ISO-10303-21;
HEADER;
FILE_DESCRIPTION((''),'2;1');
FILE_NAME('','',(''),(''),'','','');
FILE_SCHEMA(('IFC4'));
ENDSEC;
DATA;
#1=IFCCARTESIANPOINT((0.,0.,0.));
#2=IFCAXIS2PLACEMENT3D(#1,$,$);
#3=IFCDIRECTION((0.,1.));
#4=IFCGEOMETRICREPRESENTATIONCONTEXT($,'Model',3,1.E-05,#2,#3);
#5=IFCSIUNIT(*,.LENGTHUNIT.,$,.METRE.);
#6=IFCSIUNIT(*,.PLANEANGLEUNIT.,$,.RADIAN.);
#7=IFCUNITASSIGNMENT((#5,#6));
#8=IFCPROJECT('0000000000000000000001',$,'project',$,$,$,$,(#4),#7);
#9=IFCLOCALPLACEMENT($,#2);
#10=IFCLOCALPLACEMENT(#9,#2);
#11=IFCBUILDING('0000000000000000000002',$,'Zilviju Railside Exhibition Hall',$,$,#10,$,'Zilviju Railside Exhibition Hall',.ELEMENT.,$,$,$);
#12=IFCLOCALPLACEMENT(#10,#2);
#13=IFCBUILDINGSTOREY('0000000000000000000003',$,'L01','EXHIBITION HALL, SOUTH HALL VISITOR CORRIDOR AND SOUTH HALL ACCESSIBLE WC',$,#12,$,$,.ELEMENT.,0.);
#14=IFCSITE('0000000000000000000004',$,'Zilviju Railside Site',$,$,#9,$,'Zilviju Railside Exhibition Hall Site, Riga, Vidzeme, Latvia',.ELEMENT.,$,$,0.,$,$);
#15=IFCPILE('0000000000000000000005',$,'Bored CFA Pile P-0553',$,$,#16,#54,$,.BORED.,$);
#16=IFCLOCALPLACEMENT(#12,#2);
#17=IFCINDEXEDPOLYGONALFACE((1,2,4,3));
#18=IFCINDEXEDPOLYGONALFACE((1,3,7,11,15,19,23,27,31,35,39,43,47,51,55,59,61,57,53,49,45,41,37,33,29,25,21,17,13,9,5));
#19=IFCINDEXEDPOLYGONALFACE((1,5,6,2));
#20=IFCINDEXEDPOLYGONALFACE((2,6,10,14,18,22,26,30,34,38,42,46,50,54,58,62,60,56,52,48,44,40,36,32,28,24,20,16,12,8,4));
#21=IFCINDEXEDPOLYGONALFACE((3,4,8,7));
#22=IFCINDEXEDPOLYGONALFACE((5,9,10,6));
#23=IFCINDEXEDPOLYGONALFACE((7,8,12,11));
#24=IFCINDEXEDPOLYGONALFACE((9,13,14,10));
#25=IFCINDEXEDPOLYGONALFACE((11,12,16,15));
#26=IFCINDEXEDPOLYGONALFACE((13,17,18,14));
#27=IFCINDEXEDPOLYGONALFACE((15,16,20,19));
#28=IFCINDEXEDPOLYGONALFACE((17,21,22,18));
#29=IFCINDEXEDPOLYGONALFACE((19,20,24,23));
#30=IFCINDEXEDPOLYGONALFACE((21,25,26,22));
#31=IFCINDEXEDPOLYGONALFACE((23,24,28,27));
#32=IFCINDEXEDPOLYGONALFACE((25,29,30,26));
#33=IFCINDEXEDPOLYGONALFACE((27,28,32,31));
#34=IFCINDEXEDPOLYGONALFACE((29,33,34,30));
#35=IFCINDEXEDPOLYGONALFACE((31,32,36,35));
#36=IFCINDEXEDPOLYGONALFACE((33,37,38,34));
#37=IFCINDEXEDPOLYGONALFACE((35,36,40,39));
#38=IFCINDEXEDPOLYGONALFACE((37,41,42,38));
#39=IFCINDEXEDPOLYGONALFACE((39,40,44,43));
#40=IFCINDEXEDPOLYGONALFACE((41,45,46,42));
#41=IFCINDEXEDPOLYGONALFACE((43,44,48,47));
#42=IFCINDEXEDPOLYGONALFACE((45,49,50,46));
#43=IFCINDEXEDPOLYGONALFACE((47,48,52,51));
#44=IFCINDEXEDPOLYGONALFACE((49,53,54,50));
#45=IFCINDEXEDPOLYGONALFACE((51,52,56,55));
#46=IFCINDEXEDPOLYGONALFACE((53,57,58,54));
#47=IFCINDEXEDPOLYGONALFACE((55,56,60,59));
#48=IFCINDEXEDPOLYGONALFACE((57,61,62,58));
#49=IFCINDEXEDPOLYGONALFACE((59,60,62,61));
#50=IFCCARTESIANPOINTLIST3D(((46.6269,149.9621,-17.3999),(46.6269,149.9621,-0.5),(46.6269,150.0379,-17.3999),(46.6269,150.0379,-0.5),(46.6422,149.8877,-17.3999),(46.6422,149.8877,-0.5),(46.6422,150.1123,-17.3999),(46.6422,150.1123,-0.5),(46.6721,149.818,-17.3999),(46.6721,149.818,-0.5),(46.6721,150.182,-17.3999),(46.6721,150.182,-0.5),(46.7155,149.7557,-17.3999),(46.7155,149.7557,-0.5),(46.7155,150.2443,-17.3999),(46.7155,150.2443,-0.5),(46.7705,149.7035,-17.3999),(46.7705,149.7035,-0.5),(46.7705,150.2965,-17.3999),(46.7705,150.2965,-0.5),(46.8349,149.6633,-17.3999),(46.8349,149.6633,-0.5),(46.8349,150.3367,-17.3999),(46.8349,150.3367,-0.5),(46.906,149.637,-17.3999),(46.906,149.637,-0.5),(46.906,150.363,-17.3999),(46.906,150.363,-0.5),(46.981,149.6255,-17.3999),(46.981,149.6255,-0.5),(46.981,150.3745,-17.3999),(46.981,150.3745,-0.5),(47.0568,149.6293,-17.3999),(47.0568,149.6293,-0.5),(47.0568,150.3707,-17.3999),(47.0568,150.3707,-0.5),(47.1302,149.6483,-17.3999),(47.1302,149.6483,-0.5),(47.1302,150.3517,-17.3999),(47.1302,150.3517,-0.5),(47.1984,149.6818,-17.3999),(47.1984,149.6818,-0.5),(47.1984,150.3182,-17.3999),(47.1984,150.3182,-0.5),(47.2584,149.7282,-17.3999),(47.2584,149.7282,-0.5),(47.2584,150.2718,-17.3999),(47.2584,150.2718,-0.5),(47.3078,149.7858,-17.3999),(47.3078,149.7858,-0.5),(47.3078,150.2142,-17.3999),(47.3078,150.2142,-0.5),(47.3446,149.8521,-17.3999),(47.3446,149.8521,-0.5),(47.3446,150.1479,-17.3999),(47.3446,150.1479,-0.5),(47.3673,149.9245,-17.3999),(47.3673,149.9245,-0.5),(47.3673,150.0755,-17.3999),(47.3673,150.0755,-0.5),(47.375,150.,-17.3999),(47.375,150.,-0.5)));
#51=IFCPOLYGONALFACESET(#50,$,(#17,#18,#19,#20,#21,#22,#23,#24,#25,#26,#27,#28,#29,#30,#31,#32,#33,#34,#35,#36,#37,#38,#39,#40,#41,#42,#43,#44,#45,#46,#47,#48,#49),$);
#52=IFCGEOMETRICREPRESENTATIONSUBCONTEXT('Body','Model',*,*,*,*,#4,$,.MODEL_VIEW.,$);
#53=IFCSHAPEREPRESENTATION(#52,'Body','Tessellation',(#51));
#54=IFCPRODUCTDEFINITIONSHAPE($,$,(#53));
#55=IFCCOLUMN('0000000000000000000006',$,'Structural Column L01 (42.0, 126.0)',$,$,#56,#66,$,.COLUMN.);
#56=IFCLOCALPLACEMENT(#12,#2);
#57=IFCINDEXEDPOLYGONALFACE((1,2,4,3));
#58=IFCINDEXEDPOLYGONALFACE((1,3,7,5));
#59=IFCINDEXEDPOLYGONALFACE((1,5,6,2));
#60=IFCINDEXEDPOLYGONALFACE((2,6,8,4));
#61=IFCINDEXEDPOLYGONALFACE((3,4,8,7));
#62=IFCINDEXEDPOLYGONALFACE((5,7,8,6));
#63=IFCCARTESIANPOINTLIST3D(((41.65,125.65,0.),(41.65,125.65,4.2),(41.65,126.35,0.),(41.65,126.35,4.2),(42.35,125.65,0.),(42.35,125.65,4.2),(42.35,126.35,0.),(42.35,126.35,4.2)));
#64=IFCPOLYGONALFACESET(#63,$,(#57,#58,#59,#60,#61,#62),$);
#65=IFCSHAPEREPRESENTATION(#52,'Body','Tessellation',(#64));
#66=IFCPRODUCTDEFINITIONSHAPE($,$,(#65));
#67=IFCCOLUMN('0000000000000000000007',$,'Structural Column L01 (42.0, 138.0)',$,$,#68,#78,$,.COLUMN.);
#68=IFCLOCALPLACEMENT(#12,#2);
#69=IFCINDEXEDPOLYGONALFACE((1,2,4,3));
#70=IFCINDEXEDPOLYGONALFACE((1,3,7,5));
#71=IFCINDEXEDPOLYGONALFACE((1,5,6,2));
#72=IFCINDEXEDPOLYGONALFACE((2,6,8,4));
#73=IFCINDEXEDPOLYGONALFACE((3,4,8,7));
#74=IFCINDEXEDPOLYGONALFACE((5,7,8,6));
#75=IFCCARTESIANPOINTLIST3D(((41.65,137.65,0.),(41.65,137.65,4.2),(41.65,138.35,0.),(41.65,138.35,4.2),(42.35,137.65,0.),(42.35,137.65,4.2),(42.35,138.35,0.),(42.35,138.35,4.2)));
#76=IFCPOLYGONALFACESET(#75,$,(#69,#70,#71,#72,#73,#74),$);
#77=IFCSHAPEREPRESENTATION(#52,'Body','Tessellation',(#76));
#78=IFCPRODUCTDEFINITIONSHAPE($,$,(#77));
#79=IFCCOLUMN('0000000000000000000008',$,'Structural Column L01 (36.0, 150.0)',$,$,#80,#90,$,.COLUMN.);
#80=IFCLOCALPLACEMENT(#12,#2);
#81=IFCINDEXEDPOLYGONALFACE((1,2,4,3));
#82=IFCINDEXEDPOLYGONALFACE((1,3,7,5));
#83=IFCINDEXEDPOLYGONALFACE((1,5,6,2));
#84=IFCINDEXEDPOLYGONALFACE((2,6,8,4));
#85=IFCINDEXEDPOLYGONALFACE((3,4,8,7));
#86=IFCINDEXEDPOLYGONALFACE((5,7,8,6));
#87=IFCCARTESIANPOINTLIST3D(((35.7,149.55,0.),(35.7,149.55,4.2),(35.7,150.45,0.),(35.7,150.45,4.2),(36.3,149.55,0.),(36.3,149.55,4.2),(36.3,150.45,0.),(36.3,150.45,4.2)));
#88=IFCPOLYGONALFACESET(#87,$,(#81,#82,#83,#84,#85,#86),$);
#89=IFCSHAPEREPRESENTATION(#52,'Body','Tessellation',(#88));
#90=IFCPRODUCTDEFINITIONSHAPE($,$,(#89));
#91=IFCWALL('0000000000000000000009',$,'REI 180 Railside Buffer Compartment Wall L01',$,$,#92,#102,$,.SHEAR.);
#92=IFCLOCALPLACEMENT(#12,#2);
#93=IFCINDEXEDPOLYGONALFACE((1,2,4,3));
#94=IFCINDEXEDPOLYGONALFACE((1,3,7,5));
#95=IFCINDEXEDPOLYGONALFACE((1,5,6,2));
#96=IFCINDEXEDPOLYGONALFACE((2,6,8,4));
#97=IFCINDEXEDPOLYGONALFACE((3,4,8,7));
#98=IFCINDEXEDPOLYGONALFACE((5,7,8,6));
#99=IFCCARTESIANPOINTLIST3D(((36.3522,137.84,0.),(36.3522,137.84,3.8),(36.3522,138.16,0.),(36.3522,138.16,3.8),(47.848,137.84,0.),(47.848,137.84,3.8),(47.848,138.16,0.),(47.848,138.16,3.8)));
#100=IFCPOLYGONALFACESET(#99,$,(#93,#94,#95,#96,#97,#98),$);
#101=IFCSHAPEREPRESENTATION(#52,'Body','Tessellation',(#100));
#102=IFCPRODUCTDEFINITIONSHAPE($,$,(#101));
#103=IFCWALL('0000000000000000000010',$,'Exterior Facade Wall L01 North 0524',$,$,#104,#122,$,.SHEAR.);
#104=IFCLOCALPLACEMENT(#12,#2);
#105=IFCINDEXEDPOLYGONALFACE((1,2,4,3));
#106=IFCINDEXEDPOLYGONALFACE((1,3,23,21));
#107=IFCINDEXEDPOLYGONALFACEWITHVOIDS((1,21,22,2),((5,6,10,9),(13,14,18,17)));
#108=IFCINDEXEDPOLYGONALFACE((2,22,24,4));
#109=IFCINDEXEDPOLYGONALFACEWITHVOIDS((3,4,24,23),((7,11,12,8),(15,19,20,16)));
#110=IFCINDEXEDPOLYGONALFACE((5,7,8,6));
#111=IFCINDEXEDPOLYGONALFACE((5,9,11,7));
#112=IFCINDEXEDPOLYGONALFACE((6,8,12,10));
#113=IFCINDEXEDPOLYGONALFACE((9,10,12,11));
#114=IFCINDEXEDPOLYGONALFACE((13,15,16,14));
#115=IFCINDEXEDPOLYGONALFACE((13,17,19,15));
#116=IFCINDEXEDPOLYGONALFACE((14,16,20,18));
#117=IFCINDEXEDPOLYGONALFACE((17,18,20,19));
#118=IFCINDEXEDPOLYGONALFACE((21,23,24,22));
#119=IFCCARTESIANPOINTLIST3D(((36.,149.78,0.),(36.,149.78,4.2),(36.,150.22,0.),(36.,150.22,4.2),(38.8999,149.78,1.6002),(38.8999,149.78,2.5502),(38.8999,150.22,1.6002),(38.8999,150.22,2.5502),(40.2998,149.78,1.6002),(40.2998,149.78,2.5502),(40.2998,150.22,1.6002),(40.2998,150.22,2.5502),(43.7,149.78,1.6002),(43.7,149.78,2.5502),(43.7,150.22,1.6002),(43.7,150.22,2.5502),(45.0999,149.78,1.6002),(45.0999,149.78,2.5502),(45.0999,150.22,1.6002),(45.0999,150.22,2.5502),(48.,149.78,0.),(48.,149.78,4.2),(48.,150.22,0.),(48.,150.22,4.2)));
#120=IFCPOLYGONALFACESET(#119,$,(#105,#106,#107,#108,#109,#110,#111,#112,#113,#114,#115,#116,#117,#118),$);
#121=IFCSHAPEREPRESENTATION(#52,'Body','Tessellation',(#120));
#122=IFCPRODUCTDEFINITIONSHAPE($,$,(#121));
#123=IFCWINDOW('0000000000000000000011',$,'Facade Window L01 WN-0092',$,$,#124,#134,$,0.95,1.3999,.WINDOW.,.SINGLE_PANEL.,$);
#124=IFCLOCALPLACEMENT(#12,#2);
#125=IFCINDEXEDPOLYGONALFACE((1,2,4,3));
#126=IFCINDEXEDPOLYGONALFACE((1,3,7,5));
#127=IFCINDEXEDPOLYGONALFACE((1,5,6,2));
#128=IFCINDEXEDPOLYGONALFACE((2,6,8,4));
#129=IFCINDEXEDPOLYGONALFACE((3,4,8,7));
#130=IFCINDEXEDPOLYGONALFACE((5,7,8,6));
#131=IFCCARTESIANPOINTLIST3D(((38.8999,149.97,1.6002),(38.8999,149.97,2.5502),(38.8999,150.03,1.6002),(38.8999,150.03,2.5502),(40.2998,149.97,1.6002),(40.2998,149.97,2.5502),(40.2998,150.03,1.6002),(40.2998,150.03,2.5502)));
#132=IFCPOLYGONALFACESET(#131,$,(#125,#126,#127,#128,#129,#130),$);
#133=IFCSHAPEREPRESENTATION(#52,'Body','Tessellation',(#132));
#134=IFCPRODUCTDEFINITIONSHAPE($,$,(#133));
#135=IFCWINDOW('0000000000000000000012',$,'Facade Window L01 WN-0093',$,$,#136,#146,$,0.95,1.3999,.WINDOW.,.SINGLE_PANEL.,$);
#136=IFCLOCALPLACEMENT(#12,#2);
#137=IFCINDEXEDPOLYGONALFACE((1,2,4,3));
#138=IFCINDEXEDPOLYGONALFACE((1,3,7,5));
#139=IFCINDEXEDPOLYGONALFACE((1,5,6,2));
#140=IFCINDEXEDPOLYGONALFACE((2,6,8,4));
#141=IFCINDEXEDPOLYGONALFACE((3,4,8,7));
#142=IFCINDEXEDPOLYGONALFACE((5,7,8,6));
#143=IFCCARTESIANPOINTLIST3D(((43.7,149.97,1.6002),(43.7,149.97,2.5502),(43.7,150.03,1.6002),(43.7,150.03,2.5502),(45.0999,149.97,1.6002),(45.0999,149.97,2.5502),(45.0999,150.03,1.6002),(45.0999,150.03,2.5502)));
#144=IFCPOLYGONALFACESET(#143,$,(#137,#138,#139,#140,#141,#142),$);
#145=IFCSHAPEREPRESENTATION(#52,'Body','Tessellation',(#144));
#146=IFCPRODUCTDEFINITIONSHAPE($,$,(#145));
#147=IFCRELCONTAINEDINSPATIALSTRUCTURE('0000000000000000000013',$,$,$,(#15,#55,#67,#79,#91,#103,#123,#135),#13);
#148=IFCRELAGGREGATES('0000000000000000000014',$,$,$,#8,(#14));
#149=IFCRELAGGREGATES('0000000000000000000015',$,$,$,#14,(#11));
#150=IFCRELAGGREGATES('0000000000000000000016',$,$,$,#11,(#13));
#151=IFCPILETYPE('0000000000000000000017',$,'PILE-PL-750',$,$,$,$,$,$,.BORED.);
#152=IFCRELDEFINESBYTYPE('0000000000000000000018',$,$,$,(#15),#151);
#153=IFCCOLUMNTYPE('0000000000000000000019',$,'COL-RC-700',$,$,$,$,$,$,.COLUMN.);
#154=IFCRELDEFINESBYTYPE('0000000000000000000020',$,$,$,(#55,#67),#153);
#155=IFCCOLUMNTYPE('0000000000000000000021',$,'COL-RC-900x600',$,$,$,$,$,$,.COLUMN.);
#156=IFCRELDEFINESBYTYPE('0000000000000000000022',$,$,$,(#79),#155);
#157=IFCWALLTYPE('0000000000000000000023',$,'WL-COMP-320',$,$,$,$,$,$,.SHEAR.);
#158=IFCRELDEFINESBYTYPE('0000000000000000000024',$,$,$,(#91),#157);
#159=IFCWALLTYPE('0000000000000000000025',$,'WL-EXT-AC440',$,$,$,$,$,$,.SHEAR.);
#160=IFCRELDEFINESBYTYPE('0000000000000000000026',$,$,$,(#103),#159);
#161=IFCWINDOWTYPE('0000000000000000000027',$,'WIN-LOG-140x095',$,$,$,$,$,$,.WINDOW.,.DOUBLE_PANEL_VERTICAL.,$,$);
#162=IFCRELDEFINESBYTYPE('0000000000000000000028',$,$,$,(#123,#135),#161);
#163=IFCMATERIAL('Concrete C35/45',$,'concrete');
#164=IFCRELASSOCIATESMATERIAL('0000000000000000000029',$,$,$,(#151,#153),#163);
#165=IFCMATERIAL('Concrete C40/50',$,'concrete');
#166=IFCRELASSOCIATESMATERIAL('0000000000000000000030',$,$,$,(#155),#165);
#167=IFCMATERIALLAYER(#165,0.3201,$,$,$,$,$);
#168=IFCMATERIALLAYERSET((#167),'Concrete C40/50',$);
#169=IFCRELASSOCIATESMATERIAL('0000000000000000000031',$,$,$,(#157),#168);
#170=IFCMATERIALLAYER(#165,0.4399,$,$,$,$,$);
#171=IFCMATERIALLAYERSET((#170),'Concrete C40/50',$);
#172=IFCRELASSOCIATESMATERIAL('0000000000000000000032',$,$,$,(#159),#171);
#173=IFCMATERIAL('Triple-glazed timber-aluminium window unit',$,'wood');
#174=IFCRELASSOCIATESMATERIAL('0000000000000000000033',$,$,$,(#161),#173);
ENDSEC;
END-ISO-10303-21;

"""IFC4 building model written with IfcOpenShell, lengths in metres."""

from ifc_helpers import new_model, si_unit, direction, frame, frame_2d, origin, origin_2d, place, context, subcontext, project, spatial, rectangle, circle, extrude, material, layer, layer_set, material_profile, profile_set, type_object, element, fill, save


model = new_model("IFC4")

# Units and contexts
model_context = context("Model", 3, precision=1e-05, world=origin(), true_north=direction((0.0, 1.0)))
body_context = subcontext(model_context, "Body", "Model", "MODEL_VIEW")
ifc_project = project(units=[si_unit("LENGTHUNIT", "METRE"), si_unit("PLANEANGLEUNIT", "RADIAN")], contexts=[model_context])

# Site, building, storey
site_placement = place(None, origin())
site = spatial("IfcSite", under=ifc_project, at=site_placement, Name="Zilviju Railside Site", LongName="Zilviju Railside Exhibition Hall Site, Riga, Vidzeme, Latvia", CompositionType="ELEMENT", RefElevation=0.0)
building_placement = place(site_placement, origin())
building = spatial("IfcBuilding", under=site, at=building_placement, Name="Zilviju Railside Exhibition Hall", LongName="Zilviju Railside Exhibition Hall", CompositionType="ELEMENT")
storey_placement = place(building_placement, origin())
storey = spatial("IfcBuildingStorey", under=building, at=storey_placement, Name="L01", Description="EXHIBITION HALL, SOUTH HALL VISITOR CORRIDOR AND SOUTH HALL ACCESSIBLE WC", CompositionType="ELEMENT", Elevation=0.0)

# Shared definitions
ifc_material_1 = material(Name="Concrete C35/45", Category="concrete")
ifc_material_2 = material(Name="Concrete C40/50", Category="concrete")

# Pile
ifc_material_profile_1 = material_profile(ifc_material_1, circle(Radius=0.375, at=origin_2d()), Name="CFA PILE D750")
ifc_profile_set_1 = profile_set([ifc_material_profile_1], Name="Concrete C35/45")
pile_type = type_object("IfcPileType", Name="PILE-PL-750", PredefinedType="BORED", material=ifc_profile_set_1)
for number, where, z_axis, x_axis, name in (
    (1, (47.0, 150.0, -0.5), (0.0, 0.0, -1.0), (1.0, 0.0, 0.0), "Bored CFA Pile P-0553"),
):
    element("IfcPile", number, at=place(storey_placement, frame(where, z_axis=z_axis, x_axis=x_axis)), inside=storey, type_object=pile_type, Name=name, PredefinedType="BORED", context=body_context, shape_type="SweptSolid", body=[
        extrude(circle(Radius=0.375, at=origin_2d()), origin(), (0.0, 0.0, 1.0), 16.8999),
    ])

# Columns
ifc_material_profile_2 = material_profile(ifc_material_1, rectangle(XDim=0.7, YDim=0.7, at=origin_2d()), Name="RC COL 700x700")
ifc_profile_set_2 = profile_set([ifc_material_profile_2], Name="Concrete C35/45")
column_type_1 = type_object("IfcColumnType", Name="COL-RC-700", PredefinedType="COLUMN", material=ifc_profile_set_2)
for number, where, z_axis, x_axis, name in (
    (2, (42.0, 126.0, 0.0), (0.0, 0.0, 1.0), (1.0, 0.0, 0.0), "Structural Column L01 (42.0, 126.0)"),
    (3, (42.0, 138.0, 0.0), (0.0, 0.0, 1.0), (1.0, 0.0, 0.0), "Structural Column L01 (42.0, 138.0)"),
):
    element("IfcColumn", number, at=place(storey_placement, frame(where, z_axis=z_axis, x_axis=x_axis)), inside=storey, type_object=column_type_1, Name=name, PredefinedType="COLUMN", context=body_context, shape_type="SweptSolid", body=[
        extrude(rectangle(XDim=0.7, YDim=0.7, at=origin_2d()), origin(), (0.0, 0.0, 1.0), 4.2),
    ])
ifc_material_profile_3 = material_profile(ifc_material_2, rectangle(XDim=0.6001, YDim=0.8999, at=origin_2d()), Name="RC COL 600x900")
ifc_profile_set_3 = profile_set([ifc_material_profile_3], Name="Concrete C40/50")
column_type_2 = type_object("IfcColumnType", Name="COL-RC-900x600", PredefinedType="COLUMN", material=ifc_profile_set_3)
column_placement = place(storey_placement, frame((36.0, 150.0, 0.0), z_axis=(0.0, 0.0, 1.0), x_axis=(1.0, 0.0, 0.0)))
element("IfcColumn", 4, at=column_placement, inside=storey, type_object=column_type_2, Name="Structural Column L01 (36.0, 150.0)", PredefinedType="COLUMN", context=body_context, shape_type="SweptSolid", body=[
    extrude(rectangle(XDim=0.6001, YDim=0.8999, at=origin_2d()), origin(), (0.0, 0.0, 1.0), 4.2),
])

# Wall
ifc_layer_1 = layer(ifc_material_2, 0.3201)
ifc_layer_set_1 = layer_set([ifc_layer_1], Name="Concrete C40/50")
wall_type_1 = type_object("IfcWallType", Name="WL-COMP-320", PredefinedType="SHEAR", material=ifc_layer_set_1)
wall_1_placement = place(storey_placement, frame((36.3521, 138.0, 0.0), z_axis=(0.0, 0.0, 1.0), x_axis=(1.0, 0.0, 0.0)))
element("IfcWall", 5, at=wall_1_placement, inside=storey, type_object=wall_type_1, Name="REI 180 Railside Buffer Compartment Wall L01", PredefinedType="SHEAR", context=body_context, shape_type="SweptSolid", body=[
    extrude(rectangle(XDim=11.4958, YDim=0.3201, at=frame_2d((5.748, 0.0))), origin(), (0.0, 0.0, 1.0), 3.8),
])

# Wall, openings, windows
ifc_layer_2 = layer(ifc_material_2, 0.4399)
ifc_layer_set_2 = layer_set([ifc_layer_2], Name="Concrete C40/50")
wall_type_2 = type_object("IfcWallType", Name="WL-EXT-AC440", PredefinedType="SHEAR", material=ifc_layer_set_2)
wall_2_placement = place(storey_placement, frame((36.0, 150.0, 0.0), z_axis=(0.0, 0.0, 1.0), x_axis=(1.0, 0.0, 0.0)))
wall_2 = element("IfcWall", 6, at=wall_2_placement, inside=storey, type_object=wall_type_2, Name="Exterior Facade Wall L01 North 0524", PredefinedType="SHEAR", context=body_context, shape_type="SweptSolid", body=[
    extrude(rectangle(XDim=12.0, YDim=0.4399, at=frame_2d((6.0, 0.0))), origin(), (0.0, 0.0, 1.0), 4.2),
])
opening_1_placement = place(wall_2_placement, frame((2.8999, 0.0, 1.6001)))
opening_1 = element("IfcOpeningElement", 7, at=opening_1_placement, cuts=wall_2, PredefinedType="OPENING", context=body_context, shape_type="SweptSolid", body=[
    extrude(rectangle(XDim=1.3999, YDim=0.95, at=frame_2d((0.7, 0.4751))), frame((0.0, 0.23, 0.0), z_axis=(0.0, -1.0, 0.0), x_axis=(1.0, 0.0, 0.0)), (0.0, 0.0, 1.0), 0.46),
])
opening_2_placement = place(wall_2_placement, frame((7.7, 0.0, 1.6001)))
opening_2 = element("IfcOpeningElement", 8, at=opening_2_placement, cuts=wall_2, PredefinedType="OPENING", context=body_context, shape_type="SweptSolid", body=[
    extrude(rectangle(XDim=1.3999, YDim=0.95, at=frame_2d((0.7, 0.4751))), frame((0.0, 0.23, 0.0), z_axis=(0.0, -1.0, 0.0), x_axis=(1.0, 0.0, 0.0)), (0.0, 0.0, 1.0), 0.46),
])
ifc_material_3 = material(Name="Triple-glazed timber-aluminium window unit", Category="wood")
window_type = type_object("IfcWindowType", Name="WIN-LOG-140x095", PartitioningType="DOUBLE_PANEL_VERTICAL", PredefinedType="WINDOW", material=ifc_material_3)
window_1_placement = place(opening_1_placement, origin())
window_1 = element("IfcWindow", 9, at=window_1_placement, inside=storey, type_object=window_type, Name="Facade Window L01 WN-0092", OverallHeight=0.95, OverallWidth=1.3999, PartitioningType="SINGLE_PANEL", PredefinedType="WINDOW", context=body_context, shape_type="SweptSolid", body=[
    extrude(rectangle(XDim=1.3999, YDim=0.95, at=frame_2d((0.7, 0.4751))), frame((0.0, 0.03, 0.0), z_axis=(0.0, -1.0, 0.0), x_axis=(1.0, 0.0, 0.0)), (0.0, 0.0, 1.0), 0.0601),
])
fill(opening_1, window_1)
window_2_placement = place(opening_2_placement, origin())
window_2 = element("IfcWindow", 10, at=window_2_placement, inside=storey, type_object=window_type, Name="Facade Window L01 WN-0093", OverallHeight=0.95, OverallWidth=1.3999, PartitioningType="SINGLE_PANEL", PredefinedType="WINDOW", context=body_context, shape_type="SweptSolid", body=[
    extrude(rectangle(XDim=1.3999, YDim=0.95, at=frame_2d((0.7, 0.4751))), frame((0.0, 0.03, 0.0), z_axis=(0.0, -1.0, 0.0), x_axis=(1.0, 0.0, 0.0)), (0.0, 0.0, 1.0), 0.0601),
])
fill(opening_2, window_2)

save(model, "model.ifc")
